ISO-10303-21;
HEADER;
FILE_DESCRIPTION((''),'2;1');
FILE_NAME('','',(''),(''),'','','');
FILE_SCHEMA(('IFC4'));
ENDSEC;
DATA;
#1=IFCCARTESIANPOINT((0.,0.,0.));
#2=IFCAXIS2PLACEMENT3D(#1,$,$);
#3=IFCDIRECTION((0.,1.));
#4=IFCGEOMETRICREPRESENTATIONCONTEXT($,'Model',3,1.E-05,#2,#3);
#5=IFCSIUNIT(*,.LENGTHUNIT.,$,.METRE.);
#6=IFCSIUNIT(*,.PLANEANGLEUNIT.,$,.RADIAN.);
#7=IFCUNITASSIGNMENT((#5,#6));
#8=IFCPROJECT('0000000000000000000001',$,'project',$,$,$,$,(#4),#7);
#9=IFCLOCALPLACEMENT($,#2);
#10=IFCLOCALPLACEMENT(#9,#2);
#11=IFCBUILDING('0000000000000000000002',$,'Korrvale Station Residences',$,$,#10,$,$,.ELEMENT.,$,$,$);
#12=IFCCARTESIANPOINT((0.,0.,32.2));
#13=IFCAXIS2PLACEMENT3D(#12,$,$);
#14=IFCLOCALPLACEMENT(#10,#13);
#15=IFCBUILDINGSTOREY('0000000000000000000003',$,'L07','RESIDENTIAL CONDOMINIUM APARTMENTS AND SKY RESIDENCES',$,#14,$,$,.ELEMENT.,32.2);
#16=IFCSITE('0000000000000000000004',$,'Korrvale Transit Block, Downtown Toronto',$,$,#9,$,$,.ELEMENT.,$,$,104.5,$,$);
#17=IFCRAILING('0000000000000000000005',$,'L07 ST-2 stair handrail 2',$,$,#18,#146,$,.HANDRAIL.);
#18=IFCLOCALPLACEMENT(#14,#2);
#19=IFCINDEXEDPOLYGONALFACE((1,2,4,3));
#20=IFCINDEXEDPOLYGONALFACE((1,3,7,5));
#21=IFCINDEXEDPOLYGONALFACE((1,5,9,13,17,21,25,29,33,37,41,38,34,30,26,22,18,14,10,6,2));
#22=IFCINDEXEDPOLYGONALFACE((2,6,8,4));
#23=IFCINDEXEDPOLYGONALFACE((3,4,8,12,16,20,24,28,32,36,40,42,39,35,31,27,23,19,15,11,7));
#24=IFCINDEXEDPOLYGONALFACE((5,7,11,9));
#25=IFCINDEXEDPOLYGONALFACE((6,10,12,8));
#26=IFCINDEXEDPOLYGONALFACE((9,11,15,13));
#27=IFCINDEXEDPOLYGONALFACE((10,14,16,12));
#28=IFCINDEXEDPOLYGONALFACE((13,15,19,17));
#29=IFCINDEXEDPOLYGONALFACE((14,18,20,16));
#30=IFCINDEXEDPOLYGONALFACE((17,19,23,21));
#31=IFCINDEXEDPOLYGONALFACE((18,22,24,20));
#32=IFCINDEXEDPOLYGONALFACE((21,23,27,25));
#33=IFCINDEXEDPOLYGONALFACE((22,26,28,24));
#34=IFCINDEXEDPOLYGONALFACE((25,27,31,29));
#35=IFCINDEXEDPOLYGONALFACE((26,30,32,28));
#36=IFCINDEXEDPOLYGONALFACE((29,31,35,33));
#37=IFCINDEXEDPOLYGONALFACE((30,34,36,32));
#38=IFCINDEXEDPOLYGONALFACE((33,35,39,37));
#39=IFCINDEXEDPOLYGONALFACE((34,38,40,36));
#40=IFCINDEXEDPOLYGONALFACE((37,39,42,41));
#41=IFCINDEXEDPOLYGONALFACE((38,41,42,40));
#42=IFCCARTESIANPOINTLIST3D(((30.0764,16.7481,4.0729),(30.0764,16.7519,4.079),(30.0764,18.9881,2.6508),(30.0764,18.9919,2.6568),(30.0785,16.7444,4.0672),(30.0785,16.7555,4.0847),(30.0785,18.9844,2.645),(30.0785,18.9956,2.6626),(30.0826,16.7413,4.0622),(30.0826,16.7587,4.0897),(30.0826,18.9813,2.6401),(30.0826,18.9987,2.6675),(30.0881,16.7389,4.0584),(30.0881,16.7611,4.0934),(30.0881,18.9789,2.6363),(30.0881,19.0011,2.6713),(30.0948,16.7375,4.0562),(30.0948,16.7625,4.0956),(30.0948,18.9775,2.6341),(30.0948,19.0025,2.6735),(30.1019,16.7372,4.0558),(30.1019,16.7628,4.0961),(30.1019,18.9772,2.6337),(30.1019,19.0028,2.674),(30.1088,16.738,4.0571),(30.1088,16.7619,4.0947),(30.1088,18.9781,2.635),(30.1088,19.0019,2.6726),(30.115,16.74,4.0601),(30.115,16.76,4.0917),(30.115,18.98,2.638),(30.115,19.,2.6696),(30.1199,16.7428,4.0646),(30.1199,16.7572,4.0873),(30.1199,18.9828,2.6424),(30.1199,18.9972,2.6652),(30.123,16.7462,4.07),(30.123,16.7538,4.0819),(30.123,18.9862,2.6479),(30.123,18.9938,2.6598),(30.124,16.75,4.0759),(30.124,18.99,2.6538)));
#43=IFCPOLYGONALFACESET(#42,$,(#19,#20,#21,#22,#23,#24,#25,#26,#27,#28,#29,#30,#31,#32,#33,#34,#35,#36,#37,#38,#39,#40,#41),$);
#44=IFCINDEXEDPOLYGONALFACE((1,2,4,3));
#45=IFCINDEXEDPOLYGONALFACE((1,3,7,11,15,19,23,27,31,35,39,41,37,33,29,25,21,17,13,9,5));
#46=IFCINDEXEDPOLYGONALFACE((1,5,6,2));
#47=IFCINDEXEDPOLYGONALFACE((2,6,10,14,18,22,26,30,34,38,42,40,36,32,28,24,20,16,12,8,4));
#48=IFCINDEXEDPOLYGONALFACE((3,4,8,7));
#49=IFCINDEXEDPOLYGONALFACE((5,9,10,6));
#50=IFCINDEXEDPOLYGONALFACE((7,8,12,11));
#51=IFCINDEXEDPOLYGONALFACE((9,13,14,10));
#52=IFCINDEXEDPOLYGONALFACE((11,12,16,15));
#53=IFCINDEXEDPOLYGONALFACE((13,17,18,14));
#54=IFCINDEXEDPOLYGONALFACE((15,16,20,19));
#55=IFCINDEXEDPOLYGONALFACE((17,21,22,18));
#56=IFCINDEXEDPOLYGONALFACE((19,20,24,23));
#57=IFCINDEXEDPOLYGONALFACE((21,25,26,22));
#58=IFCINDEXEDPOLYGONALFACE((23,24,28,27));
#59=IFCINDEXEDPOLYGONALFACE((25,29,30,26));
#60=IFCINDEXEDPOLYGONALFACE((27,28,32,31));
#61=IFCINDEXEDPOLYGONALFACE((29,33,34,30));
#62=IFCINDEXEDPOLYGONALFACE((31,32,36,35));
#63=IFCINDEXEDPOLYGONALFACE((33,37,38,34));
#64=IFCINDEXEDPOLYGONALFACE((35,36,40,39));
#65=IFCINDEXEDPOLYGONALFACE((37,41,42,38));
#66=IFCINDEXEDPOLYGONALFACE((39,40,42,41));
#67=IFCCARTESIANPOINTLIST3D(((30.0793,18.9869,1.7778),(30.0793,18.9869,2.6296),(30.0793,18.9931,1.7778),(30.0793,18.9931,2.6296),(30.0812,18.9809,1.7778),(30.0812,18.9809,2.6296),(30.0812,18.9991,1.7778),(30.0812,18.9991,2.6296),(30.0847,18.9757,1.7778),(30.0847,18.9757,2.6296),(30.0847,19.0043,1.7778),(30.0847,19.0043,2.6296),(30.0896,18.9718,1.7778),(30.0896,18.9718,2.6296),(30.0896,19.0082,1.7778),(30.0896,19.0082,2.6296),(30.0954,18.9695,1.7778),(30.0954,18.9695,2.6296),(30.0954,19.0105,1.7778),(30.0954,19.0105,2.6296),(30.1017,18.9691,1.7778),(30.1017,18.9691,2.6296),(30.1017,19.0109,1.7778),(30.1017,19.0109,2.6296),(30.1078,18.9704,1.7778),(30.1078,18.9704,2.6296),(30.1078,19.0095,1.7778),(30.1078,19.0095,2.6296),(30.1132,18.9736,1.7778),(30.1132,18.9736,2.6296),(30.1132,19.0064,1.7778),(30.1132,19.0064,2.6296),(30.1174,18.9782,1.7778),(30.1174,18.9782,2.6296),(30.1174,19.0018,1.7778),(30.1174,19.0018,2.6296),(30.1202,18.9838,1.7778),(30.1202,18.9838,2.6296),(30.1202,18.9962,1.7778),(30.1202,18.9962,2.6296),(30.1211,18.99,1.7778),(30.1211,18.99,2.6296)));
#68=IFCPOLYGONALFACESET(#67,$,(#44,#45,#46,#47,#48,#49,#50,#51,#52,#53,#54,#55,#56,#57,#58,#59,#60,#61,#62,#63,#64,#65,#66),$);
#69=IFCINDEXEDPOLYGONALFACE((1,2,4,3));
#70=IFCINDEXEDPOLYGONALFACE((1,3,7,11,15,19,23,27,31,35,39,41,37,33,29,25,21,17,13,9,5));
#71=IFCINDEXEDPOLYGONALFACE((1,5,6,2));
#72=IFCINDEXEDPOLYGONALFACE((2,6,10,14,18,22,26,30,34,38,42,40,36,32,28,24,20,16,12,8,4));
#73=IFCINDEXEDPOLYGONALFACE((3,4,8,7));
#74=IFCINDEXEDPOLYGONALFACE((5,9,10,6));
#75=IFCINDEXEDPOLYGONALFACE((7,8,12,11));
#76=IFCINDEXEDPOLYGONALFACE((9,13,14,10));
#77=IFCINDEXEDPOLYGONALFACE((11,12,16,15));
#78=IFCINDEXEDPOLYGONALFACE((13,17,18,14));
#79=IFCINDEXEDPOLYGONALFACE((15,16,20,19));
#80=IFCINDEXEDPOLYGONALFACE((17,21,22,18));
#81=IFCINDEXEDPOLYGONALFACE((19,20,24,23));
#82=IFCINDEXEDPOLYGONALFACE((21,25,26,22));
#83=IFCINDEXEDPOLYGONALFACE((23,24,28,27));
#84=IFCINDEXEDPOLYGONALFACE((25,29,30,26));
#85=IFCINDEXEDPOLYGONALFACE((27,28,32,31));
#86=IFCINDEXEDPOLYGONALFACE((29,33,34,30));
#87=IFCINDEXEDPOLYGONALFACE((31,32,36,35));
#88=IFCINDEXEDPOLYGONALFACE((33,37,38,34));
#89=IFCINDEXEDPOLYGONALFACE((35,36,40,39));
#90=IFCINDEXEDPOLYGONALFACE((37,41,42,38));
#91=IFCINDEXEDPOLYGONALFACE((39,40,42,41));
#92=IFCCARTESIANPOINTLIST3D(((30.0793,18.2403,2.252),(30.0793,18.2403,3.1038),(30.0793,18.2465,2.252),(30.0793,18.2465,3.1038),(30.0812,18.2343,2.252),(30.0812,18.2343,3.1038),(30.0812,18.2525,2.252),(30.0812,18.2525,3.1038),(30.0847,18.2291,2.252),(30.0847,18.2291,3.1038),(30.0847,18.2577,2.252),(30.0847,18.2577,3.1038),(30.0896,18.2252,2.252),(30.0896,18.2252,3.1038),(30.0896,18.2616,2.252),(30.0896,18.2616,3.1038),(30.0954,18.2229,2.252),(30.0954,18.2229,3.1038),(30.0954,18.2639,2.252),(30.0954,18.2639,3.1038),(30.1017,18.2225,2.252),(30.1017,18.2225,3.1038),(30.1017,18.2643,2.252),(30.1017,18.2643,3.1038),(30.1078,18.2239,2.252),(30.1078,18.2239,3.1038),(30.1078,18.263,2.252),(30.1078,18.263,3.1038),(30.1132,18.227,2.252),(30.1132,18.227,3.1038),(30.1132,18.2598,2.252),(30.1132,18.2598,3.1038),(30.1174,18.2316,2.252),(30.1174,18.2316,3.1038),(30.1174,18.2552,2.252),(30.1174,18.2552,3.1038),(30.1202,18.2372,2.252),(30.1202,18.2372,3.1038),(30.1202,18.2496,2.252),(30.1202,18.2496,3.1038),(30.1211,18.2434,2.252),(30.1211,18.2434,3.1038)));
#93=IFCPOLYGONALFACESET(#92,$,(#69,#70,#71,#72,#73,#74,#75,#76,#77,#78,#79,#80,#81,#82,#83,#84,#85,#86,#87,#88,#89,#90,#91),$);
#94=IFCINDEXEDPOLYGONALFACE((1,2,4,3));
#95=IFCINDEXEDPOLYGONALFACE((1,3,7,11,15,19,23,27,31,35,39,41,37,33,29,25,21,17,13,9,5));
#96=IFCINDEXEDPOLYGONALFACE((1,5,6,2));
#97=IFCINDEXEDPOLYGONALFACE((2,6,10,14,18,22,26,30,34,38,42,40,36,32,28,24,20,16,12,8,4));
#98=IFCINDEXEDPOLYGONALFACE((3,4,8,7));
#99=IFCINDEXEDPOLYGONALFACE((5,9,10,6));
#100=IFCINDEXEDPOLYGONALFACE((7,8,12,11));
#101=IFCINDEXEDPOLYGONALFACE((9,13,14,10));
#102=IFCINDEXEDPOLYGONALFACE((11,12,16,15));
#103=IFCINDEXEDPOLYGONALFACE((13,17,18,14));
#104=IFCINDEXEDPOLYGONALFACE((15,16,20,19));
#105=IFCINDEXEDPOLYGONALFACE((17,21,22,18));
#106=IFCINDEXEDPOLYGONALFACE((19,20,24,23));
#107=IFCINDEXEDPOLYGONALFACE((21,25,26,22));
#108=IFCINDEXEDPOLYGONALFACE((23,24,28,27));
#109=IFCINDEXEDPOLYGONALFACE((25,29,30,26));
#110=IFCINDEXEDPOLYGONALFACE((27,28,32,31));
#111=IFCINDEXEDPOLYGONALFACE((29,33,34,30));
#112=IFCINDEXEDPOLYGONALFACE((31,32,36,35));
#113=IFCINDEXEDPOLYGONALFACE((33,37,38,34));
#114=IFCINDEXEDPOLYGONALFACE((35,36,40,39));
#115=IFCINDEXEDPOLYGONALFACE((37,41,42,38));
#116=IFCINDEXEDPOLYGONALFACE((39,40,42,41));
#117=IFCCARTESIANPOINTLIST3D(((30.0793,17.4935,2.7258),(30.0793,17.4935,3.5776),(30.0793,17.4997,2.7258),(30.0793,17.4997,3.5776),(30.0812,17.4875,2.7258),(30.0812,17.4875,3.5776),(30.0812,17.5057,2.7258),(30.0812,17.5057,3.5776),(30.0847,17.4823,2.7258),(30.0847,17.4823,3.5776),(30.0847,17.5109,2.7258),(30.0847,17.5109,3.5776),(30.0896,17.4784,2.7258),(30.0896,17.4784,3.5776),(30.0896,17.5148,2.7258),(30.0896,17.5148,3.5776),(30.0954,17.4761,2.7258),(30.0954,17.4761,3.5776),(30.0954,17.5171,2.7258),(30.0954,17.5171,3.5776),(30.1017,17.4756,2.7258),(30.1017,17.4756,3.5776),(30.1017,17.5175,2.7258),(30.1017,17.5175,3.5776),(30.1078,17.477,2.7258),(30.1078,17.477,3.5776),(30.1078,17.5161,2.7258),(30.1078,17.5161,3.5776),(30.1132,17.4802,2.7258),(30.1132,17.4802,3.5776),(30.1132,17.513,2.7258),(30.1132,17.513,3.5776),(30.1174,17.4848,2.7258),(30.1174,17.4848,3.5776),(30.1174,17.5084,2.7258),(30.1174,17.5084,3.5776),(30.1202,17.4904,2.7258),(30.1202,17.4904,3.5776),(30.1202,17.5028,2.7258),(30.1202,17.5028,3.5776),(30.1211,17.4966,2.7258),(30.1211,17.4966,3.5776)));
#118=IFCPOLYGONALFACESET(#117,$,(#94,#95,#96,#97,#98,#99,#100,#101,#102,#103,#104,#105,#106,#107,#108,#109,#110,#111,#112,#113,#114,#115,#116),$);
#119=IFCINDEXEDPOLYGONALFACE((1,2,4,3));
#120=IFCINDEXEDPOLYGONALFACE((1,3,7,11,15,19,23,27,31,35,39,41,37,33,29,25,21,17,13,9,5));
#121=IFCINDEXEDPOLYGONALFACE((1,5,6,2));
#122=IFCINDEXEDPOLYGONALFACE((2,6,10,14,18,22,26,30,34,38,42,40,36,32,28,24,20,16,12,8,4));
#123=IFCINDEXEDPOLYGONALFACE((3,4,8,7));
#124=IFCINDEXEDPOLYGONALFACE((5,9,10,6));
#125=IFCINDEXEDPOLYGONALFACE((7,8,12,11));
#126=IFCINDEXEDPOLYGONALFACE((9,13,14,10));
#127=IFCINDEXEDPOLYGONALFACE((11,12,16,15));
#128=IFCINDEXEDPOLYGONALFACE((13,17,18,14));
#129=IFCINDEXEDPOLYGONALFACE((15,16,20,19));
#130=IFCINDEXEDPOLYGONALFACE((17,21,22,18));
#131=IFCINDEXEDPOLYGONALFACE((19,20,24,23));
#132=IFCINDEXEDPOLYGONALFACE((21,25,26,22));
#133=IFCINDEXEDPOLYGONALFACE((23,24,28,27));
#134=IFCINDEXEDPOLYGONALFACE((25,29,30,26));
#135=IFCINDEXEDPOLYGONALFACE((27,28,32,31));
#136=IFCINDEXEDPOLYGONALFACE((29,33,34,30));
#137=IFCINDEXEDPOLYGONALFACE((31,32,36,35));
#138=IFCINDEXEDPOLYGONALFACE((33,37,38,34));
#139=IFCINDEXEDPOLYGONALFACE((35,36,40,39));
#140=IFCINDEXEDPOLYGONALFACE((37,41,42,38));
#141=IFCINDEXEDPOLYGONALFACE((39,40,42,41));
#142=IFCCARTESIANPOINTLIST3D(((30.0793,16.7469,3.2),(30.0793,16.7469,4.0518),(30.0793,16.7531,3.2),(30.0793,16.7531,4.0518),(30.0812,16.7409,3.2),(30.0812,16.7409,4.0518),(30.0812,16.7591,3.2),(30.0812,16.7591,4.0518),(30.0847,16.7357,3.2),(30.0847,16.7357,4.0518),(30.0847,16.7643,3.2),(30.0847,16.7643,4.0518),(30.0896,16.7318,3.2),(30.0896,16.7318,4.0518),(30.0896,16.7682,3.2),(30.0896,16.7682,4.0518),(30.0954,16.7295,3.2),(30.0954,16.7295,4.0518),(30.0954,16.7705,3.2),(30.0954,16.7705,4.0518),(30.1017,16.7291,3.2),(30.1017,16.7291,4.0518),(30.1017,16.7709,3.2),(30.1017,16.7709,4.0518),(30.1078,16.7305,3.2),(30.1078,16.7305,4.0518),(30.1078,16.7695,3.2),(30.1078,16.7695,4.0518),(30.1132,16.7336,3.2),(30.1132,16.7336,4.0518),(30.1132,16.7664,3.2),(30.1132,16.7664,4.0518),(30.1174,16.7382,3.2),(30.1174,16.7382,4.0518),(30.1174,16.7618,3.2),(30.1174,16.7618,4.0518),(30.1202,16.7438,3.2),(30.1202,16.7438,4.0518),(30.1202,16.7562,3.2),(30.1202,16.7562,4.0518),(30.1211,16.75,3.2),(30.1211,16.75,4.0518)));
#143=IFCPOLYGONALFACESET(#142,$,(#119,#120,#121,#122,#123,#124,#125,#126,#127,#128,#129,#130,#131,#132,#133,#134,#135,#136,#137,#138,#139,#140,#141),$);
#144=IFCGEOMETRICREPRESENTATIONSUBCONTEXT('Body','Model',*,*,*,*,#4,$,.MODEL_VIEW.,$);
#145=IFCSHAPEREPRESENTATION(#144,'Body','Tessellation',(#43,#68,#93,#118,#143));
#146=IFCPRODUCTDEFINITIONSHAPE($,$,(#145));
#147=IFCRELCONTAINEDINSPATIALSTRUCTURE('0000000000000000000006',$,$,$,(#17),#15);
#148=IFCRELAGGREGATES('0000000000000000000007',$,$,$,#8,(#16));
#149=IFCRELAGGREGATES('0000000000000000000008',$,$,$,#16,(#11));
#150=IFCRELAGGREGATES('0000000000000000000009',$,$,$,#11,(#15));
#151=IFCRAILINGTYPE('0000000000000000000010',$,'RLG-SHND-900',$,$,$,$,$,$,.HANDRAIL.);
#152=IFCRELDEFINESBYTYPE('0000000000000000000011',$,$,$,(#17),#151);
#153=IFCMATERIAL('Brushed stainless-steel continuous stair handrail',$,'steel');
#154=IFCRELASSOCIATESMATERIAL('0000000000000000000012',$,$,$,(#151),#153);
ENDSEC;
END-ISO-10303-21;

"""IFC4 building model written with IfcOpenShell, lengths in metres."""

from ifc_helpers import new_model, si_unit, direction, frame, origin, origin_2d, place, context, subcontext, project, spatial, circle, extrude, material, type_object, element, save


model = new_model("IFC4")

# Units and contexts
model_context = context("Model", 3, precision=1e-05, world=origin(), true_north=direction((0.0, 1.0)))
body_context = subcontext(model_context, "Body", "Model", "MODEL_VIEW")
ifc_project = project(units=[si_unit("LENGTHUNIT", "METRE"), si_unit("PLANEANGLEUNIT", "RADIAN")], contexts=[model_context])

# Site, building, storey
site_placement = place(None, origin())
site = spatial("IfcSite", under=ifc_project, at=site_placement, Name="Korrvale Transit Block, Downtown Toronto", CompositionType="ELEMENT", RefElevation=104.5)
building_placement = place(site_placement, origin())
building = spatial("IfcBuilding", under=site, at=building_placement, Name="Korrvale Station Residences", CompositionType="ELEMENT")
storey_placement = place(building_placement, frame((0.0, 0.0, 32.2)))
storey = spatial("IfcBuildingStorey", under=building, at=storey_placement, Name="L07", Description="RESIDENTIAL CONDOMINIUM APARTMENTS AND SKY RESIDENCES", CompositionType="ELEMENT", Elevation=32.2)

# Railing
ifc_material_1 = material(Name="Brushed stainless-steel continuous stair handrail", Category="steel")
railing_type_1 = type_object("IfcRailingType", Name="RLG-SHND-900", PredefinedType="HANDRAIL", material=ifc_material_1)
railing_1_placement = place(storey_placement, frame((30.1001, 18.99, 1.7778)))
element("IfcRailing", 1, at=railing_1_placement, inside=storey, type_object=railing_type_1, Name="L07 ST-2 stair handrail 2", PredefinedType="HANDRAIL", context=body_context, shape_type="SweptSolid", body=[
    extrude(circle(Radius=0.0239, at=origin_2d()), frame((0.0, 0.0, 0.876), z_axis=(0.0, -0.844229, 0.535982), x_axis=(1.0, 0.0, 0.0)), (0.0, 0.0, 1.0), 2.6533),
    extrude(circle(Radius=0.021, at=origin_2d()), origin(), (0.0, 0.0, 1.0), 0.8518),
    extrude(circle(Radius=0.021, at=origin_2d()), frame((0.0, -0.7466, 0.4741)), (0.0, 0.0, 1.0), 0.8518),
    extrude(circle(Radius=0.021, at=origin_2d()), frame((0.0, -1.4934, 0.948)), (0.0, 0.0, 1.0), 0.8518),
    extrude(circle(Radius=0.021, at=origin_2d()), frame((0.0, -2.24, 1.4221)), (0.0, 0.0, 1.0), 0.8518),
])

save(model, "model.ifc")
